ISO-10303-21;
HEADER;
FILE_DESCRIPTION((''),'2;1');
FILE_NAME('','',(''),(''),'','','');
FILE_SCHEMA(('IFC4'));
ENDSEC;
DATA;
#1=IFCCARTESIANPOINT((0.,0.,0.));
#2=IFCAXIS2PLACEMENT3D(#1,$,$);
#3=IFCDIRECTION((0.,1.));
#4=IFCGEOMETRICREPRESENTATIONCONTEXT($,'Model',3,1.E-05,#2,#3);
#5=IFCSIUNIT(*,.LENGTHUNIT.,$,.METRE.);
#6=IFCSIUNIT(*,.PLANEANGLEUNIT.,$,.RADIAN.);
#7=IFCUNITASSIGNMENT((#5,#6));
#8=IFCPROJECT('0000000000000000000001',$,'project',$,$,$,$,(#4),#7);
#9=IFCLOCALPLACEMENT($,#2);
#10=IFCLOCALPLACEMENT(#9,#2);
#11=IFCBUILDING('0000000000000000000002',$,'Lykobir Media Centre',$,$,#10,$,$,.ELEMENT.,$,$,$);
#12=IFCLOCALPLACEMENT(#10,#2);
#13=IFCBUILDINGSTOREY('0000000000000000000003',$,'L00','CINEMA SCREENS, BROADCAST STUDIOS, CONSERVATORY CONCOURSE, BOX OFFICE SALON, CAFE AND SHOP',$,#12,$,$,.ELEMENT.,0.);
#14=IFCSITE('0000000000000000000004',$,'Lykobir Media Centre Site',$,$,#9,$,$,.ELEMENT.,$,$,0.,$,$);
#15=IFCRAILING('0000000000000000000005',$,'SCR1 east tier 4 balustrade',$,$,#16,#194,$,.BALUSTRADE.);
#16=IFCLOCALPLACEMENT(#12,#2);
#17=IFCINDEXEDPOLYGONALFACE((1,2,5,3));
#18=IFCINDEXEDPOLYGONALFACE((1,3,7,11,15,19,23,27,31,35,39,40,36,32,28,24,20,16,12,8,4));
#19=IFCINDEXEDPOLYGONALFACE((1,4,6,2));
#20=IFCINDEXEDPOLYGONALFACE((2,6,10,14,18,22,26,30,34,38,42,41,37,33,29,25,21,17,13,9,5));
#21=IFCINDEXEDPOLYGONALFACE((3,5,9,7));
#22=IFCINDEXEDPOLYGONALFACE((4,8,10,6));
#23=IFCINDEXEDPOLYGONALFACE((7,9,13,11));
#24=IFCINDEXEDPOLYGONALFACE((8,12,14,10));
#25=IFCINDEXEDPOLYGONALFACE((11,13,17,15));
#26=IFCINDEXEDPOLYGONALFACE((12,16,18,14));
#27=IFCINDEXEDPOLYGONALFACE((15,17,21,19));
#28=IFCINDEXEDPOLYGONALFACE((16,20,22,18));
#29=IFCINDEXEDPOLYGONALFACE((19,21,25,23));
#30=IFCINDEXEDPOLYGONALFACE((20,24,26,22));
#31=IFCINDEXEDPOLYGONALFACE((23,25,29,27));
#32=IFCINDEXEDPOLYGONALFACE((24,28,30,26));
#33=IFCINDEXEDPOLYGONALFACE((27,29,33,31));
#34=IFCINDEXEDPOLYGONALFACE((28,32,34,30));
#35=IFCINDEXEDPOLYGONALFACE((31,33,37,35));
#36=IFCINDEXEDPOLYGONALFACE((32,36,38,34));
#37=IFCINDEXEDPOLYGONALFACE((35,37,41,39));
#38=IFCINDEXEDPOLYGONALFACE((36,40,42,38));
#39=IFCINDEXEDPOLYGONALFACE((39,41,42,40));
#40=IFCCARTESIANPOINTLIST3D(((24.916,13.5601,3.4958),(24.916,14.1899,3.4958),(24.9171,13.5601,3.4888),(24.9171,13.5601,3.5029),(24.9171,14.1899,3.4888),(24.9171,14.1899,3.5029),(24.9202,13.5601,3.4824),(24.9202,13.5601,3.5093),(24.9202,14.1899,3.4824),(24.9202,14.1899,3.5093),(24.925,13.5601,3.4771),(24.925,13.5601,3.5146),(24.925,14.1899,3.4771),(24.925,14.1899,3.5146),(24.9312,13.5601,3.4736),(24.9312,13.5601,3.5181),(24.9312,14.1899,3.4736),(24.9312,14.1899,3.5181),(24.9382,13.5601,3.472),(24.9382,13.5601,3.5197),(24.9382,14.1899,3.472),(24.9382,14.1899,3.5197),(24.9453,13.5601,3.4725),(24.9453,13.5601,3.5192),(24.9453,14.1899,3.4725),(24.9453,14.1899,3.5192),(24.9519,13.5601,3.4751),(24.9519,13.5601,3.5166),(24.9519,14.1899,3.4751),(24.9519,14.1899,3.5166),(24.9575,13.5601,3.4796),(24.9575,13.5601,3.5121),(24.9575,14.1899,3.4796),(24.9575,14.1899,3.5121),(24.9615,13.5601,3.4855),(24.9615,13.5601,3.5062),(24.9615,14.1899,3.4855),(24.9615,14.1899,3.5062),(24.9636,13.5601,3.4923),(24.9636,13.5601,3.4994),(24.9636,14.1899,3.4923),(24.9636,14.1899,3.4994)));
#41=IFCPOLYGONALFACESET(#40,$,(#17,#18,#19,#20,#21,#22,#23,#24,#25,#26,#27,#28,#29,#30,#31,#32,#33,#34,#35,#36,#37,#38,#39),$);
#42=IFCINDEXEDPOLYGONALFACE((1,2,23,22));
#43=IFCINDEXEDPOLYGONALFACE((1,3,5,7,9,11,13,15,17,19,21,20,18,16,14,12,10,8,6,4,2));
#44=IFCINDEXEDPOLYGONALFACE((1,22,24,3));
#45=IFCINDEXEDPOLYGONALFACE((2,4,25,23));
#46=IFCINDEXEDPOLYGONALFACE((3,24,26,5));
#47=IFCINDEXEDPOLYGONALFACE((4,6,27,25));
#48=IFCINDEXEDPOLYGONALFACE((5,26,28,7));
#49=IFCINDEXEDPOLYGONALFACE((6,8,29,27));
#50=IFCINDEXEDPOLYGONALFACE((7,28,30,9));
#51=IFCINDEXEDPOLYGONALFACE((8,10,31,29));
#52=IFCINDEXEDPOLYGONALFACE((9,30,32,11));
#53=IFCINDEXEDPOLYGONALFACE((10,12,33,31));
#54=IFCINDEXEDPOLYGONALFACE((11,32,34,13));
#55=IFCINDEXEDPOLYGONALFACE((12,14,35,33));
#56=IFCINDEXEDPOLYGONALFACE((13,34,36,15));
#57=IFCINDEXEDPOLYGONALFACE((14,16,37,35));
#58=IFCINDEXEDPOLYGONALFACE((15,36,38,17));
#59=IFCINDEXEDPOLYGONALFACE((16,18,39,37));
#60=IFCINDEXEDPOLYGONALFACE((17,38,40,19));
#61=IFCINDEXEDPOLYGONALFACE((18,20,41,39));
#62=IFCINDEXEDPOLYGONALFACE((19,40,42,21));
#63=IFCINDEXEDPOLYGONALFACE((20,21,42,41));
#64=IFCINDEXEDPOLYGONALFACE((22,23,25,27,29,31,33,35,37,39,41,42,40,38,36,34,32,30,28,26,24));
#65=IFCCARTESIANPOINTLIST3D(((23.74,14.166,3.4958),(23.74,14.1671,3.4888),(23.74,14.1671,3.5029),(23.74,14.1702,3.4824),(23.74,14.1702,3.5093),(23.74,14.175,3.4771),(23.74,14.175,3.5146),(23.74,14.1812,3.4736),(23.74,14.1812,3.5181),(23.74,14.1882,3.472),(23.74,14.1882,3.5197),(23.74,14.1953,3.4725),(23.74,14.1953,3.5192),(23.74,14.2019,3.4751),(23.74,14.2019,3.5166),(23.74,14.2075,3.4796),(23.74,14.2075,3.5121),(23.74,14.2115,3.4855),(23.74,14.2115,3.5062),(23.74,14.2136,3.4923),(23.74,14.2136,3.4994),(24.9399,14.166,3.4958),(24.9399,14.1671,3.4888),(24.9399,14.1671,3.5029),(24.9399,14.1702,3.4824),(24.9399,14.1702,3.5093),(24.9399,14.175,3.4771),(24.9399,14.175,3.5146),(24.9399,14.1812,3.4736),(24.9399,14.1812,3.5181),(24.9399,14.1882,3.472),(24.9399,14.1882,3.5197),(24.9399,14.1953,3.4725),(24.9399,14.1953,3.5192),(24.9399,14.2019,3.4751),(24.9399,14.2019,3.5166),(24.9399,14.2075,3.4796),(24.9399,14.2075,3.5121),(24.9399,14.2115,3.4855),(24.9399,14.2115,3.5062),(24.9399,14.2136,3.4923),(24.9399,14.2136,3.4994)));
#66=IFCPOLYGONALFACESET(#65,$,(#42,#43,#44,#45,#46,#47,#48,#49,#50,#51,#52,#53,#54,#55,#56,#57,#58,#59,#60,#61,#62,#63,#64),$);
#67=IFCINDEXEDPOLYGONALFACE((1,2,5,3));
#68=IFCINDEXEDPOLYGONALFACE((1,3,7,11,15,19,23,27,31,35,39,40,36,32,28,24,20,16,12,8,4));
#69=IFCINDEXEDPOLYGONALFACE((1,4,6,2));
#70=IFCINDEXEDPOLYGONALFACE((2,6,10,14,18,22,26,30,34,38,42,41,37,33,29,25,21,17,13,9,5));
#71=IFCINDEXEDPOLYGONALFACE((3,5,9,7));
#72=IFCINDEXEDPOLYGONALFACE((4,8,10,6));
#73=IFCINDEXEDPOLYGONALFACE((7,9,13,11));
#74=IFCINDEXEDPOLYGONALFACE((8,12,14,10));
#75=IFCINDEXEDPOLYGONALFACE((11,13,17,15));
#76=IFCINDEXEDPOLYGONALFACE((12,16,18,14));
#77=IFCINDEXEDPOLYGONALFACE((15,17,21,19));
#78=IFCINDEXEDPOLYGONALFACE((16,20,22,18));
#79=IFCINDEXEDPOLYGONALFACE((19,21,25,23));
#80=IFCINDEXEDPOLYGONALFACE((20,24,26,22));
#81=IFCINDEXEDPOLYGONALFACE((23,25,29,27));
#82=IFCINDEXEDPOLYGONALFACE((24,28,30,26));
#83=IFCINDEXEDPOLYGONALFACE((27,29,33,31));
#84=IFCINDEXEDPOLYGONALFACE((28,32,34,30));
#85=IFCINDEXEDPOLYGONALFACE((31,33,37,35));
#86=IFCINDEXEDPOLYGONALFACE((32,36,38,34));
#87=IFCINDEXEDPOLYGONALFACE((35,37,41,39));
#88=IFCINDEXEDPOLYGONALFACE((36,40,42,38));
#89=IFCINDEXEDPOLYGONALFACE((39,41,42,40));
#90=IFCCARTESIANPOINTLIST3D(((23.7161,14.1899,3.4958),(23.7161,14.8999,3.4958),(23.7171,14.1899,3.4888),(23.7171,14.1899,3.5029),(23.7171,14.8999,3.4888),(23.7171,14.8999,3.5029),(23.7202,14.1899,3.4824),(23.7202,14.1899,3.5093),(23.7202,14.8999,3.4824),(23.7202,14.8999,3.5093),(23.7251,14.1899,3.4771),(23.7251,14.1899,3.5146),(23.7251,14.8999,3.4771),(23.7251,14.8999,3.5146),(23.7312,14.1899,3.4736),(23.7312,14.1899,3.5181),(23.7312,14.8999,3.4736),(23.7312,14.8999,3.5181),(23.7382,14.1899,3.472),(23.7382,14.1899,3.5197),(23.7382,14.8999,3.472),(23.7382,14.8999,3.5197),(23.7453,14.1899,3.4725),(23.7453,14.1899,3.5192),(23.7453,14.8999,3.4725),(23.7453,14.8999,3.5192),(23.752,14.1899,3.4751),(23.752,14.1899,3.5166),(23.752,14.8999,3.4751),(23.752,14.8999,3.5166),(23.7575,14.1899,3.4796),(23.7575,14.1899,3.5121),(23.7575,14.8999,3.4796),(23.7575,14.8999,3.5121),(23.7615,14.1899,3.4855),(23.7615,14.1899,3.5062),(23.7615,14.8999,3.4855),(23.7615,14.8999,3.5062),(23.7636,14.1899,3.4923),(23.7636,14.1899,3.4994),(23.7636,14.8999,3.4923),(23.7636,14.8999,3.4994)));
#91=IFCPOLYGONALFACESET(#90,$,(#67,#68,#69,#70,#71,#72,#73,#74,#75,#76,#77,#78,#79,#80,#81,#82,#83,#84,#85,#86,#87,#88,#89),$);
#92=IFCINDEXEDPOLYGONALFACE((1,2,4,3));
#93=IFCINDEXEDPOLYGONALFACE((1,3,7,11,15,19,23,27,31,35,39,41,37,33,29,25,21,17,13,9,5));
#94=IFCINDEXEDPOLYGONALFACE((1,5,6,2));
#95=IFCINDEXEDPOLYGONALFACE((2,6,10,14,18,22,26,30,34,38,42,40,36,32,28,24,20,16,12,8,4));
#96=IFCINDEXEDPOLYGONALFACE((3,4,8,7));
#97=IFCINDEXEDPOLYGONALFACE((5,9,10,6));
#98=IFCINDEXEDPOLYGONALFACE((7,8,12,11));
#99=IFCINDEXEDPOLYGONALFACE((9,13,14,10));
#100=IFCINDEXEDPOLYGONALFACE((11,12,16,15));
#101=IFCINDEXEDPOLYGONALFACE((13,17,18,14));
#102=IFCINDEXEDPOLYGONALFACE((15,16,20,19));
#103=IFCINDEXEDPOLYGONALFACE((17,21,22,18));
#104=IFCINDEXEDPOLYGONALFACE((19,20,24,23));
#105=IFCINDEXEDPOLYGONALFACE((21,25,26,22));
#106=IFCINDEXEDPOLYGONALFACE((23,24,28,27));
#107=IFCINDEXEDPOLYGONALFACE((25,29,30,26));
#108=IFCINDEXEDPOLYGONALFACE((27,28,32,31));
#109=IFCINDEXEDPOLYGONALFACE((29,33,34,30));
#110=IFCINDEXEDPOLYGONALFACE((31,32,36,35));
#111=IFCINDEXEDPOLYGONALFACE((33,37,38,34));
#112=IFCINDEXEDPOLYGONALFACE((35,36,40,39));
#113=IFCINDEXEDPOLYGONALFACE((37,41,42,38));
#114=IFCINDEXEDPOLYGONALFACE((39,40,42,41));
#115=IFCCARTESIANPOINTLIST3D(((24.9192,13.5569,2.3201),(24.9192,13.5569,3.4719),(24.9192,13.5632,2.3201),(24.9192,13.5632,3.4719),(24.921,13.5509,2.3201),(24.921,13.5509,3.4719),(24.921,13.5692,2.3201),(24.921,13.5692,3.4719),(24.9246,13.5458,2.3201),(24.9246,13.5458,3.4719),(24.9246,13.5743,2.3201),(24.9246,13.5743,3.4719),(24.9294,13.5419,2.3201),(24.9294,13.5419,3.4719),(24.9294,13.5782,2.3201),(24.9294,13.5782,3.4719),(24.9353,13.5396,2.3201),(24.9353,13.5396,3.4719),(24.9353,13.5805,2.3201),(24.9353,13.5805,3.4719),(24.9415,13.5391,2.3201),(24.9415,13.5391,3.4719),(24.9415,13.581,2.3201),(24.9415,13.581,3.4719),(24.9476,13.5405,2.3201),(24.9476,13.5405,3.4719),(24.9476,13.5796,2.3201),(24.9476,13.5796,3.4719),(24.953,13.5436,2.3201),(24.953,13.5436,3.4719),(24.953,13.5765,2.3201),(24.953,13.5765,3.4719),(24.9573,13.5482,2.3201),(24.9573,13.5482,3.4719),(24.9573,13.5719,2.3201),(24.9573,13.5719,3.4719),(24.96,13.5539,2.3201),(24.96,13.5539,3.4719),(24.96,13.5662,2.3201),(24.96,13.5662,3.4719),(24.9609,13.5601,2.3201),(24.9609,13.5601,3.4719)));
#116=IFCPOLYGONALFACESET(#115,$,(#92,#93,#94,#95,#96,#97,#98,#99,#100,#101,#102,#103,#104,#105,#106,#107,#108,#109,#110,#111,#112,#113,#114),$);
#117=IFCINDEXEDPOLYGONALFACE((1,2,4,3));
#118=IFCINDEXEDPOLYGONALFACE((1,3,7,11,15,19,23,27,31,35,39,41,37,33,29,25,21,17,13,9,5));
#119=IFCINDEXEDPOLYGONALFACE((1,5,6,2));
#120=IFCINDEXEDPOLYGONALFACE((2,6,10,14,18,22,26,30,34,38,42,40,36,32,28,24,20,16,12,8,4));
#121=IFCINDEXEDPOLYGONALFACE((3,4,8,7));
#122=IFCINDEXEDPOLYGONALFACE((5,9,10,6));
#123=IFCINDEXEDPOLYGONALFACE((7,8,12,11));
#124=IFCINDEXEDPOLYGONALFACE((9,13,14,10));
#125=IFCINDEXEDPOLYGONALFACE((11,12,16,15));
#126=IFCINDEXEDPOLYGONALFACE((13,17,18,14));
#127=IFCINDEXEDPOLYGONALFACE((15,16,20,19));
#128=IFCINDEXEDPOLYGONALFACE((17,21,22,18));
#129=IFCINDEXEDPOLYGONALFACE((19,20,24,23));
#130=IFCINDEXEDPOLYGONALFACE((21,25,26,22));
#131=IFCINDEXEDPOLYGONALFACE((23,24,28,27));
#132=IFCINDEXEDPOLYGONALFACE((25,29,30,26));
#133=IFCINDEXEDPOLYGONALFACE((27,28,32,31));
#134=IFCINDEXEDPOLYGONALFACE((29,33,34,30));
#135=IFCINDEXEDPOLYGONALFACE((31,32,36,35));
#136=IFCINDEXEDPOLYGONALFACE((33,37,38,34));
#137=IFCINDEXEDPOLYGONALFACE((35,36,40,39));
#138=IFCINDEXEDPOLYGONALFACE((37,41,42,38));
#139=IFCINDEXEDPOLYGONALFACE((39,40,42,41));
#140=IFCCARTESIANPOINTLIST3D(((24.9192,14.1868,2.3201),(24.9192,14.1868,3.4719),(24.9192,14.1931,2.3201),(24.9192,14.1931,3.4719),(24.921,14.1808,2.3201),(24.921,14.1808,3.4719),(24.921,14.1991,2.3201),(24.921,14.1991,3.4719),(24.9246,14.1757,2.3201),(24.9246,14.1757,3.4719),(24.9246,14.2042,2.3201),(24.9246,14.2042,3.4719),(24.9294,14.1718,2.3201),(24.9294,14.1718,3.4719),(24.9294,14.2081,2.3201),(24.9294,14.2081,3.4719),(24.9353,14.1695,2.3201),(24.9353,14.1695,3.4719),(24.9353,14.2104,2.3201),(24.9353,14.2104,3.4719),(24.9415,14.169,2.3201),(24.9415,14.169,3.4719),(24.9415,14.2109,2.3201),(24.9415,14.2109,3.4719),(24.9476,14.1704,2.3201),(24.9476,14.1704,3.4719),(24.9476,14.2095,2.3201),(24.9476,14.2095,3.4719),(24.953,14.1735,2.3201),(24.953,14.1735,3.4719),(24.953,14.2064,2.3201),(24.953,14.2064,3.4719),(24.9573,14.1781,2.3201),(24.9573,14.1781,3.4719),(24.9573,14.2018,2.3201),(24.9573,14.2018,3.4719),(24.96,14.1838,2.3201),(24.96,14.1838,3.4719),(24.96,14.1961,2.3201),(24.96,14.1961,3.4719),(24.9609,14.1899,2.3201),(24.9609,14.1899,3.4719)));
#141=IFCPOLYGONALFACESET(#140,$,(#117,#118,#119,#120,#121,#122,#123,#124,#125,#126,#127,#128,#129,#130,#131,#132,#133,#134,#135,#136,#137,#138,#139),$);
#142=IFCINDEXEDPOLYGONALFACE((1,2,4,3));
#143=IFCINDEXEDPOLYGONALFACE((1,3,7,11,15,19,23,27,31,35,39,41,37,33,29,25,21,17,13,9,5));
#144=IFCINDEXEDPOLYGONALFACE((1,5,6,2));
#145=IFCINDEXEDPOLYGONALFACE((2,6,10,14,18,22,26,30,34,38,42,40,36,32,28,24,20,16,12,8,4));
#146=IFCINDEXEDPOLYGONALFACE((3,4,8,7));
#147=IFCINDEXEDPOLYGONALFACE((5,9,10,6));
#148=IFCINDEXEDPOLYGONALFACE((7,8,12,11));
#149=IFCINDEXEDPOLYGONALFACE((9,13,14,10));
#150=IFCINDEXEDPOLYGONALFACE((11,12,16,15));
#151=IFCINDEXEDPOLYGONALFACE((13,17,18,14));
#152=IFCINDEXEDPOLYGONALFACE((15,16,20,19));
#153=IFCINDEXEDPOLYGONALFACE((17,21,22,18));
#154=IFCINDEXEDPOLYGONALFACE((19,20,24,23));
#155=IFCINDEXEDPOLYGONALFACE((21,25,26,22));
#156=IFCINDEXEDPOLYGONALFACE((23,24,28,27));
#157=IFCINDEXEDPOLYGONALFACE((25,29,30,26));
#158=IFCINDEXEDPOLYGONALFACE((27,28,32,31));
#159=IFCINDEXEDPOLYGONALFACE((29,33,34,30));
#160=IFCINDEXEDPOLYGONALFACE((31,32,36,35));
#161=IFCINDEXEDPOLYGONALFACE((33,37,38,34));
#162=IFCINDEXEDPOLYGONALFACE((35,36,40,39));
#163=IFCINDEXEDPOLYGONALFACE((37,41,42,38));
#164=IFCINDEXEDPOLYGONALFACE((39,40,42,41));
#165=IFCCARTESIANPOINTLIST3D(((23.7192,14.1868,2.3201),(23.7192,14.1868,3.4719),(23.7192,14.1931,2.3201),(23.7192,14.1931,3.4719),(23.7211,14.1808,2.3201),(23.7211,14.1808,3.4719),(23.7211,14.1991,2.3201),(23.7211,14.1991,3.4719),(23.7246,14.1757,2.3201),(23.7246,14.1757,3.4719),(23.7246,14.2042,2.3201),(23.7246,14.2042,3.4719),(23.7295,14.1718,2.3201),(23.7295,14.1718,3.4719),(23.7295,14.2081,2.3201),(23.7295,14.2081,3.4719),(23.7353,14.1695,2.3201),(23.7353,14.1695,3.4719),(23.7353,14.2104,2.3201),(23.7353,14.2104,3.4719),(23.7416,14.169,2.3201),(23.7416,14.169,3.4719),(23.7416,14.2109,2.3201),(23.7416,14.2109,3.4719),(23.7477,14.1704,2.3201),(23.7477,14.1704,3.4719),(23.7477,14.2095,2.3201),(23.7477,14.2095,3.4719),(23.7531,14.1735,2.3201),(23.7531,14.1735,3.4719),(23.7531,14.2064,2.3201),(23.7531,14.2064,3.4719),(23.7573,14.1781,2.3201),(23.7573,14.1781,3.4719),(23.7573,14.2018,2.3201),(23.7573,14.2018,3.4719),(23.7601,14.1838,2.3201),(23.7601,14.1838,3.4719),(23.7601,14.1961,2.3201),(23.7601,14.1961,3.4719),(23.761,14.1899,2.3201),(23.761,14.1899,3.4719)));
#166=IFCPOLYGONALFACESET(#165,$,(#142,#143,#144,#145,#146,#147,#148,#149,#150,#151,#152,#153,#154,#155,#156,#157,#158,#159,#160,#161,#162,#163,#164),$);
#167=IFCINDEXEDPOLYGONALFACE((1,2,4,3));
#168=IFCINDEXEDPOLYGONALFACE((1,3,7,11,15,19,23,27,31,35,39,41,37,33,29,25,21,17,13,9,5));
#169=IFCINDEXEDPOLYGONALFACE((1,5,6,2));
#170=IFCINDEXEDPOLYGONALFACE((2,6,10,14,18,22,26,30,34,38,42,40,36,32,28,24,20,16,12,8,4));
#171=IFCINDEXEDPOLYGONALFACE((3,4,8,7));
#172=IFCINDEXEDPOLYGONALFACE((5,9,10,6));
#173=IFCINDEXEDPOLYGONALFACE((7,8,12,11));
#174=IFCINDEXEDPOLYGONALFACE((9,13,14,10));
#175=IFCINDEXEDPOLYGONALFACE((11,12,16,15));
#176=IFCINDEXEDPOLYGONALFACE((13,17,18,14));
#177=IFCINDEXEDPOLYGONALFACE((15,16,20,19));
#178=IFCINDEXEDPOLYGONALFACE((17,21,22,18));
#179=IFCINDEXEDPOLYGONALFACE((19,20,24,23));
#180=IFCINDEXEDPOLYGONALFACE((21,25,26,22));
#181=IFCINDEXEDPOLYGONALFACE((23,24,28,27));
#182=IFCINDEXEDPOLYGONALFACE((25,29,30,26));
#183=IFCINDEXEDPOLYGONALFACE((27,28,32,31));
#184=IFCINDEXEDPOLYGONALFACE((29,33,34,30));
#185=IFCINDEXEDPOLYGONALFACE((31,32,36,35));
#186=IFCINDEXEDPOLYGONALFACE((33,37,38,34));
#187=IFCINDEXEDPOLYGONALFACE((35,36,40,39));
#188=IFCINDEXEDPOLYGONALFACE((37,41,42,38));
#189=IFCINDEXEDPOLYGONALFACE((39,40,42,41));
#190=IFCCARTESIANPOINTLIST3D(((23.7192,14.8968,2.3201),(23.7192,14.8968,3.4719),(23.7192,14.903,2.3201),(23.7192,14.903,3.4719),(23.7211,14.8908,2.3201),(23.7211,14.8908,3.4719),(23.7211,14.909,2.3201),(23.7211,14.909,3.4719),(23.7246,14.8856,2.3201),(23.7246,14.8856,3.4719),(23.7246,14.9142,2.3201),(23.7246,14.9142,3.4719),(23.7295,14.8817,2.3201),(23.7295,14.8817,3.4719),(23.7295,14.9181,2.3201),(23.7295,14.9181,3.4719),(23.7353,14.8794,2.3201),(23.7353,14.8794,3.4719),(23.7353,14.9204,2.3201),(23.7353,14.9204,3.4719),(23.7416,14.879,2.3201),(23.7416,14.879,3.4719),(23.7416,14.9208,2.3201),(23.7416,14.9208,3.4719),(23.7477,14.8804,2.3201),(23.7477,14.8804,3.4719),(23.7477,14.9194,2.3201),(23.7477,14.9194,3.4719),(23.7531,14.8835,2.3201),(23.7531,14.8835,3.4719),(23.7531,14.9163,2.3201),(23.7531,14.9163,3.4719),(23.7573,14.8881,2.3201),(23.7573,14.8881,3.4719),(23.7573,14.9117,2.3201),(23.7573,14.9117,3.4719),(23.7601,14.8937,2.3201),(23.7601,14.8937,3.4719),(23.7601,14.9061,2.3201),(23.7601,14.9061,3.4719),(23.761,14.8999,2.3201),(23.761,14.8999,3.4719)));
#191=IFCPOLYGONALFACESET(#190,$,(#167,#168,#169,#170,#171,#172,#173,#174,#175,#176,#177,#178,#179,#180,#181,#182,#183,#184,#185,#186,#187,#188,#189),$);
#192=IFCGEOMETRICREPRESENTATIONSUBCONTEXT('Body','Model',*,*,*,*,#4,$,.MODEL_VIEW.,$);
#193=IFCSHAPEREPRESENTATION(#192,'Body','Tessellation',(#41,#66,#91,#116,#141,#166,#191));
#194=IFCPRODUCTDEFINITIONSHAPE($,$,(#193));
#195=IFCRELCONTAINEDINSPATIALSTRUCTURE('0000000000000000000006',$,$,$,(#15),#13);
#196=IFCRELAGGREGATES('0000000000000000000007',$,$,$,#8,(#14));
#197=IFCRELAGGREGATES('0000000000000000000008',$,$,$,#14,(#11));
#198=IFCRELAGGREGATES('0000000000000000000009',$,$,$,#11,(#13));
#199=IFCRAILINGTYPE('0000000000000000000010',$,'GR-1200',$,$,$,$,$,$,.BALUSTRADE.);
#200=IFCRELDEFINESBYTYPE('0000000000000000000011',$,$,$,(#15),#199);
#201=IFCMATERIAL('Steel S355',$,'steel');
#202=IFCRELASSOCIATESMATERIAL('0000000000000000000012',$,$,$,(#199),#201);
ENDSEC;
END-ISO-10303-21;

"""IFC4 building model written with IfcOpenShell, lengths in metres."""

from ifc_helpers import new_model, si_unit, direction, frame, origin, origin_2d, place, context, subcontext, project, spatial, circle, extrude, material, type_object, element, save


model = new_model("IFC4")

# Units and contexts
model_context = context("Model", 3, precision=1e-05, world=origin(), true_north=direction((0.0, 1.0)))
body_context = subcontext(model_context, "Body", "Model", "MODEL_VIEW")
ifc_project = project(units=[si_unit("LENGTHUNIT", "METRE"), si_unit("PLANEANGLEUNIT", "RADIAN")], contexts=[model_context])

# Site, building, storey
site_placement = place(None, origin())
site = spatial("IfcSite", under=ifc_project, at=site_placement, Name="Lykobir Media Centre Site", CompositionType="ELEMENT", RefElevation=0.0)
building_placement = place(site_placement, origin())
building = spatial("IfcBuilding", under=site, at=building_placement, Name="Lykobir Media Centre", CompositionType="ELEMENT")
storey_placement = place(building_placement, origin())
storey = spatial("IfcBuildingStorey", under=building, at=storey_placement, Name="L00", Description="CINEMA SCREENS, BROADCAST STUDIOS, CONSERVATORY CONCOURSE, BOX OFFICE SALON, CAFE AND SHOP", CompositionType="ELEMENT", Elevation=0.0)

# Shared definitions
ifc_material_1 = material(Name="Steel S355", Category="steel")

# Railing
railing_type = type_object("IfcRailingType", Name="GR-1200", PredefinedType="BALUSTRADE", material=ifc_material_1)
for number, where, name in (
    (1, (24.9399, 13.5601, 2.3201), "SCR1 east tier 4 balustrade"),
):
    element("IfcRailing", number, at=place(storey_placement, frame(where)), inside=storey, type_object=railing_type, Name=name, PredefinedType="BALUSTRADE", context=body_context, shape_type="SweptSolid", body=[
        extrude(circle(Radius=0.0239, at=origin_2d()), frame((0.0, 0.0, 1.1758), z_axis=(0.0, 1.0, 0.0), x_axis=(-1.0, 0.0, 0.0)), (0.0, 0.0, 1.0), 0.6299),
        extrude(circle(Radius=0.0239, at=origin_2d()), frame((0.0, 0.6299, 1.1758), z_axis=(-1.0, 0.0, 0.0), x_axis=(0.0, -1.0, 0.0)), (0.0, 0.0, 1.0), 1.2),
        extrude(circle(Radius=0.0239, at=origin_2d()), frame((-1.2, 0.6299, 1.1758), z_axis=(0.0, 1.0, 0.0), x_axis=(-1.0, 0.0, 0.0)), (0.0, 0.0, 1.0), 0.71),
        extrude(circle(Radius=0.021, at=origin_2d()), origin(), (0.0, 0.0, 1.0), 1.1519),
        extrude(circle(Radius=0.021, at=origin_2d()), frame((0.0, 0.6299, 0.0)), (0.0, 0.0, 1.0), 1.1519),
        extrude(circle(Radius=0.021, at=origin_2d()), frame((-1.2, 0.6299, 0.0)), (0.0, 0.0, 1.0), 1.1519),
        extrude(circle(Radius=0.021, at=origin_2d()), frame((-1.2, 1.3398, 0.0)), (0.0, 0.0, 1.0), 1.1519),
    ])

save(model, "model.ifc")
